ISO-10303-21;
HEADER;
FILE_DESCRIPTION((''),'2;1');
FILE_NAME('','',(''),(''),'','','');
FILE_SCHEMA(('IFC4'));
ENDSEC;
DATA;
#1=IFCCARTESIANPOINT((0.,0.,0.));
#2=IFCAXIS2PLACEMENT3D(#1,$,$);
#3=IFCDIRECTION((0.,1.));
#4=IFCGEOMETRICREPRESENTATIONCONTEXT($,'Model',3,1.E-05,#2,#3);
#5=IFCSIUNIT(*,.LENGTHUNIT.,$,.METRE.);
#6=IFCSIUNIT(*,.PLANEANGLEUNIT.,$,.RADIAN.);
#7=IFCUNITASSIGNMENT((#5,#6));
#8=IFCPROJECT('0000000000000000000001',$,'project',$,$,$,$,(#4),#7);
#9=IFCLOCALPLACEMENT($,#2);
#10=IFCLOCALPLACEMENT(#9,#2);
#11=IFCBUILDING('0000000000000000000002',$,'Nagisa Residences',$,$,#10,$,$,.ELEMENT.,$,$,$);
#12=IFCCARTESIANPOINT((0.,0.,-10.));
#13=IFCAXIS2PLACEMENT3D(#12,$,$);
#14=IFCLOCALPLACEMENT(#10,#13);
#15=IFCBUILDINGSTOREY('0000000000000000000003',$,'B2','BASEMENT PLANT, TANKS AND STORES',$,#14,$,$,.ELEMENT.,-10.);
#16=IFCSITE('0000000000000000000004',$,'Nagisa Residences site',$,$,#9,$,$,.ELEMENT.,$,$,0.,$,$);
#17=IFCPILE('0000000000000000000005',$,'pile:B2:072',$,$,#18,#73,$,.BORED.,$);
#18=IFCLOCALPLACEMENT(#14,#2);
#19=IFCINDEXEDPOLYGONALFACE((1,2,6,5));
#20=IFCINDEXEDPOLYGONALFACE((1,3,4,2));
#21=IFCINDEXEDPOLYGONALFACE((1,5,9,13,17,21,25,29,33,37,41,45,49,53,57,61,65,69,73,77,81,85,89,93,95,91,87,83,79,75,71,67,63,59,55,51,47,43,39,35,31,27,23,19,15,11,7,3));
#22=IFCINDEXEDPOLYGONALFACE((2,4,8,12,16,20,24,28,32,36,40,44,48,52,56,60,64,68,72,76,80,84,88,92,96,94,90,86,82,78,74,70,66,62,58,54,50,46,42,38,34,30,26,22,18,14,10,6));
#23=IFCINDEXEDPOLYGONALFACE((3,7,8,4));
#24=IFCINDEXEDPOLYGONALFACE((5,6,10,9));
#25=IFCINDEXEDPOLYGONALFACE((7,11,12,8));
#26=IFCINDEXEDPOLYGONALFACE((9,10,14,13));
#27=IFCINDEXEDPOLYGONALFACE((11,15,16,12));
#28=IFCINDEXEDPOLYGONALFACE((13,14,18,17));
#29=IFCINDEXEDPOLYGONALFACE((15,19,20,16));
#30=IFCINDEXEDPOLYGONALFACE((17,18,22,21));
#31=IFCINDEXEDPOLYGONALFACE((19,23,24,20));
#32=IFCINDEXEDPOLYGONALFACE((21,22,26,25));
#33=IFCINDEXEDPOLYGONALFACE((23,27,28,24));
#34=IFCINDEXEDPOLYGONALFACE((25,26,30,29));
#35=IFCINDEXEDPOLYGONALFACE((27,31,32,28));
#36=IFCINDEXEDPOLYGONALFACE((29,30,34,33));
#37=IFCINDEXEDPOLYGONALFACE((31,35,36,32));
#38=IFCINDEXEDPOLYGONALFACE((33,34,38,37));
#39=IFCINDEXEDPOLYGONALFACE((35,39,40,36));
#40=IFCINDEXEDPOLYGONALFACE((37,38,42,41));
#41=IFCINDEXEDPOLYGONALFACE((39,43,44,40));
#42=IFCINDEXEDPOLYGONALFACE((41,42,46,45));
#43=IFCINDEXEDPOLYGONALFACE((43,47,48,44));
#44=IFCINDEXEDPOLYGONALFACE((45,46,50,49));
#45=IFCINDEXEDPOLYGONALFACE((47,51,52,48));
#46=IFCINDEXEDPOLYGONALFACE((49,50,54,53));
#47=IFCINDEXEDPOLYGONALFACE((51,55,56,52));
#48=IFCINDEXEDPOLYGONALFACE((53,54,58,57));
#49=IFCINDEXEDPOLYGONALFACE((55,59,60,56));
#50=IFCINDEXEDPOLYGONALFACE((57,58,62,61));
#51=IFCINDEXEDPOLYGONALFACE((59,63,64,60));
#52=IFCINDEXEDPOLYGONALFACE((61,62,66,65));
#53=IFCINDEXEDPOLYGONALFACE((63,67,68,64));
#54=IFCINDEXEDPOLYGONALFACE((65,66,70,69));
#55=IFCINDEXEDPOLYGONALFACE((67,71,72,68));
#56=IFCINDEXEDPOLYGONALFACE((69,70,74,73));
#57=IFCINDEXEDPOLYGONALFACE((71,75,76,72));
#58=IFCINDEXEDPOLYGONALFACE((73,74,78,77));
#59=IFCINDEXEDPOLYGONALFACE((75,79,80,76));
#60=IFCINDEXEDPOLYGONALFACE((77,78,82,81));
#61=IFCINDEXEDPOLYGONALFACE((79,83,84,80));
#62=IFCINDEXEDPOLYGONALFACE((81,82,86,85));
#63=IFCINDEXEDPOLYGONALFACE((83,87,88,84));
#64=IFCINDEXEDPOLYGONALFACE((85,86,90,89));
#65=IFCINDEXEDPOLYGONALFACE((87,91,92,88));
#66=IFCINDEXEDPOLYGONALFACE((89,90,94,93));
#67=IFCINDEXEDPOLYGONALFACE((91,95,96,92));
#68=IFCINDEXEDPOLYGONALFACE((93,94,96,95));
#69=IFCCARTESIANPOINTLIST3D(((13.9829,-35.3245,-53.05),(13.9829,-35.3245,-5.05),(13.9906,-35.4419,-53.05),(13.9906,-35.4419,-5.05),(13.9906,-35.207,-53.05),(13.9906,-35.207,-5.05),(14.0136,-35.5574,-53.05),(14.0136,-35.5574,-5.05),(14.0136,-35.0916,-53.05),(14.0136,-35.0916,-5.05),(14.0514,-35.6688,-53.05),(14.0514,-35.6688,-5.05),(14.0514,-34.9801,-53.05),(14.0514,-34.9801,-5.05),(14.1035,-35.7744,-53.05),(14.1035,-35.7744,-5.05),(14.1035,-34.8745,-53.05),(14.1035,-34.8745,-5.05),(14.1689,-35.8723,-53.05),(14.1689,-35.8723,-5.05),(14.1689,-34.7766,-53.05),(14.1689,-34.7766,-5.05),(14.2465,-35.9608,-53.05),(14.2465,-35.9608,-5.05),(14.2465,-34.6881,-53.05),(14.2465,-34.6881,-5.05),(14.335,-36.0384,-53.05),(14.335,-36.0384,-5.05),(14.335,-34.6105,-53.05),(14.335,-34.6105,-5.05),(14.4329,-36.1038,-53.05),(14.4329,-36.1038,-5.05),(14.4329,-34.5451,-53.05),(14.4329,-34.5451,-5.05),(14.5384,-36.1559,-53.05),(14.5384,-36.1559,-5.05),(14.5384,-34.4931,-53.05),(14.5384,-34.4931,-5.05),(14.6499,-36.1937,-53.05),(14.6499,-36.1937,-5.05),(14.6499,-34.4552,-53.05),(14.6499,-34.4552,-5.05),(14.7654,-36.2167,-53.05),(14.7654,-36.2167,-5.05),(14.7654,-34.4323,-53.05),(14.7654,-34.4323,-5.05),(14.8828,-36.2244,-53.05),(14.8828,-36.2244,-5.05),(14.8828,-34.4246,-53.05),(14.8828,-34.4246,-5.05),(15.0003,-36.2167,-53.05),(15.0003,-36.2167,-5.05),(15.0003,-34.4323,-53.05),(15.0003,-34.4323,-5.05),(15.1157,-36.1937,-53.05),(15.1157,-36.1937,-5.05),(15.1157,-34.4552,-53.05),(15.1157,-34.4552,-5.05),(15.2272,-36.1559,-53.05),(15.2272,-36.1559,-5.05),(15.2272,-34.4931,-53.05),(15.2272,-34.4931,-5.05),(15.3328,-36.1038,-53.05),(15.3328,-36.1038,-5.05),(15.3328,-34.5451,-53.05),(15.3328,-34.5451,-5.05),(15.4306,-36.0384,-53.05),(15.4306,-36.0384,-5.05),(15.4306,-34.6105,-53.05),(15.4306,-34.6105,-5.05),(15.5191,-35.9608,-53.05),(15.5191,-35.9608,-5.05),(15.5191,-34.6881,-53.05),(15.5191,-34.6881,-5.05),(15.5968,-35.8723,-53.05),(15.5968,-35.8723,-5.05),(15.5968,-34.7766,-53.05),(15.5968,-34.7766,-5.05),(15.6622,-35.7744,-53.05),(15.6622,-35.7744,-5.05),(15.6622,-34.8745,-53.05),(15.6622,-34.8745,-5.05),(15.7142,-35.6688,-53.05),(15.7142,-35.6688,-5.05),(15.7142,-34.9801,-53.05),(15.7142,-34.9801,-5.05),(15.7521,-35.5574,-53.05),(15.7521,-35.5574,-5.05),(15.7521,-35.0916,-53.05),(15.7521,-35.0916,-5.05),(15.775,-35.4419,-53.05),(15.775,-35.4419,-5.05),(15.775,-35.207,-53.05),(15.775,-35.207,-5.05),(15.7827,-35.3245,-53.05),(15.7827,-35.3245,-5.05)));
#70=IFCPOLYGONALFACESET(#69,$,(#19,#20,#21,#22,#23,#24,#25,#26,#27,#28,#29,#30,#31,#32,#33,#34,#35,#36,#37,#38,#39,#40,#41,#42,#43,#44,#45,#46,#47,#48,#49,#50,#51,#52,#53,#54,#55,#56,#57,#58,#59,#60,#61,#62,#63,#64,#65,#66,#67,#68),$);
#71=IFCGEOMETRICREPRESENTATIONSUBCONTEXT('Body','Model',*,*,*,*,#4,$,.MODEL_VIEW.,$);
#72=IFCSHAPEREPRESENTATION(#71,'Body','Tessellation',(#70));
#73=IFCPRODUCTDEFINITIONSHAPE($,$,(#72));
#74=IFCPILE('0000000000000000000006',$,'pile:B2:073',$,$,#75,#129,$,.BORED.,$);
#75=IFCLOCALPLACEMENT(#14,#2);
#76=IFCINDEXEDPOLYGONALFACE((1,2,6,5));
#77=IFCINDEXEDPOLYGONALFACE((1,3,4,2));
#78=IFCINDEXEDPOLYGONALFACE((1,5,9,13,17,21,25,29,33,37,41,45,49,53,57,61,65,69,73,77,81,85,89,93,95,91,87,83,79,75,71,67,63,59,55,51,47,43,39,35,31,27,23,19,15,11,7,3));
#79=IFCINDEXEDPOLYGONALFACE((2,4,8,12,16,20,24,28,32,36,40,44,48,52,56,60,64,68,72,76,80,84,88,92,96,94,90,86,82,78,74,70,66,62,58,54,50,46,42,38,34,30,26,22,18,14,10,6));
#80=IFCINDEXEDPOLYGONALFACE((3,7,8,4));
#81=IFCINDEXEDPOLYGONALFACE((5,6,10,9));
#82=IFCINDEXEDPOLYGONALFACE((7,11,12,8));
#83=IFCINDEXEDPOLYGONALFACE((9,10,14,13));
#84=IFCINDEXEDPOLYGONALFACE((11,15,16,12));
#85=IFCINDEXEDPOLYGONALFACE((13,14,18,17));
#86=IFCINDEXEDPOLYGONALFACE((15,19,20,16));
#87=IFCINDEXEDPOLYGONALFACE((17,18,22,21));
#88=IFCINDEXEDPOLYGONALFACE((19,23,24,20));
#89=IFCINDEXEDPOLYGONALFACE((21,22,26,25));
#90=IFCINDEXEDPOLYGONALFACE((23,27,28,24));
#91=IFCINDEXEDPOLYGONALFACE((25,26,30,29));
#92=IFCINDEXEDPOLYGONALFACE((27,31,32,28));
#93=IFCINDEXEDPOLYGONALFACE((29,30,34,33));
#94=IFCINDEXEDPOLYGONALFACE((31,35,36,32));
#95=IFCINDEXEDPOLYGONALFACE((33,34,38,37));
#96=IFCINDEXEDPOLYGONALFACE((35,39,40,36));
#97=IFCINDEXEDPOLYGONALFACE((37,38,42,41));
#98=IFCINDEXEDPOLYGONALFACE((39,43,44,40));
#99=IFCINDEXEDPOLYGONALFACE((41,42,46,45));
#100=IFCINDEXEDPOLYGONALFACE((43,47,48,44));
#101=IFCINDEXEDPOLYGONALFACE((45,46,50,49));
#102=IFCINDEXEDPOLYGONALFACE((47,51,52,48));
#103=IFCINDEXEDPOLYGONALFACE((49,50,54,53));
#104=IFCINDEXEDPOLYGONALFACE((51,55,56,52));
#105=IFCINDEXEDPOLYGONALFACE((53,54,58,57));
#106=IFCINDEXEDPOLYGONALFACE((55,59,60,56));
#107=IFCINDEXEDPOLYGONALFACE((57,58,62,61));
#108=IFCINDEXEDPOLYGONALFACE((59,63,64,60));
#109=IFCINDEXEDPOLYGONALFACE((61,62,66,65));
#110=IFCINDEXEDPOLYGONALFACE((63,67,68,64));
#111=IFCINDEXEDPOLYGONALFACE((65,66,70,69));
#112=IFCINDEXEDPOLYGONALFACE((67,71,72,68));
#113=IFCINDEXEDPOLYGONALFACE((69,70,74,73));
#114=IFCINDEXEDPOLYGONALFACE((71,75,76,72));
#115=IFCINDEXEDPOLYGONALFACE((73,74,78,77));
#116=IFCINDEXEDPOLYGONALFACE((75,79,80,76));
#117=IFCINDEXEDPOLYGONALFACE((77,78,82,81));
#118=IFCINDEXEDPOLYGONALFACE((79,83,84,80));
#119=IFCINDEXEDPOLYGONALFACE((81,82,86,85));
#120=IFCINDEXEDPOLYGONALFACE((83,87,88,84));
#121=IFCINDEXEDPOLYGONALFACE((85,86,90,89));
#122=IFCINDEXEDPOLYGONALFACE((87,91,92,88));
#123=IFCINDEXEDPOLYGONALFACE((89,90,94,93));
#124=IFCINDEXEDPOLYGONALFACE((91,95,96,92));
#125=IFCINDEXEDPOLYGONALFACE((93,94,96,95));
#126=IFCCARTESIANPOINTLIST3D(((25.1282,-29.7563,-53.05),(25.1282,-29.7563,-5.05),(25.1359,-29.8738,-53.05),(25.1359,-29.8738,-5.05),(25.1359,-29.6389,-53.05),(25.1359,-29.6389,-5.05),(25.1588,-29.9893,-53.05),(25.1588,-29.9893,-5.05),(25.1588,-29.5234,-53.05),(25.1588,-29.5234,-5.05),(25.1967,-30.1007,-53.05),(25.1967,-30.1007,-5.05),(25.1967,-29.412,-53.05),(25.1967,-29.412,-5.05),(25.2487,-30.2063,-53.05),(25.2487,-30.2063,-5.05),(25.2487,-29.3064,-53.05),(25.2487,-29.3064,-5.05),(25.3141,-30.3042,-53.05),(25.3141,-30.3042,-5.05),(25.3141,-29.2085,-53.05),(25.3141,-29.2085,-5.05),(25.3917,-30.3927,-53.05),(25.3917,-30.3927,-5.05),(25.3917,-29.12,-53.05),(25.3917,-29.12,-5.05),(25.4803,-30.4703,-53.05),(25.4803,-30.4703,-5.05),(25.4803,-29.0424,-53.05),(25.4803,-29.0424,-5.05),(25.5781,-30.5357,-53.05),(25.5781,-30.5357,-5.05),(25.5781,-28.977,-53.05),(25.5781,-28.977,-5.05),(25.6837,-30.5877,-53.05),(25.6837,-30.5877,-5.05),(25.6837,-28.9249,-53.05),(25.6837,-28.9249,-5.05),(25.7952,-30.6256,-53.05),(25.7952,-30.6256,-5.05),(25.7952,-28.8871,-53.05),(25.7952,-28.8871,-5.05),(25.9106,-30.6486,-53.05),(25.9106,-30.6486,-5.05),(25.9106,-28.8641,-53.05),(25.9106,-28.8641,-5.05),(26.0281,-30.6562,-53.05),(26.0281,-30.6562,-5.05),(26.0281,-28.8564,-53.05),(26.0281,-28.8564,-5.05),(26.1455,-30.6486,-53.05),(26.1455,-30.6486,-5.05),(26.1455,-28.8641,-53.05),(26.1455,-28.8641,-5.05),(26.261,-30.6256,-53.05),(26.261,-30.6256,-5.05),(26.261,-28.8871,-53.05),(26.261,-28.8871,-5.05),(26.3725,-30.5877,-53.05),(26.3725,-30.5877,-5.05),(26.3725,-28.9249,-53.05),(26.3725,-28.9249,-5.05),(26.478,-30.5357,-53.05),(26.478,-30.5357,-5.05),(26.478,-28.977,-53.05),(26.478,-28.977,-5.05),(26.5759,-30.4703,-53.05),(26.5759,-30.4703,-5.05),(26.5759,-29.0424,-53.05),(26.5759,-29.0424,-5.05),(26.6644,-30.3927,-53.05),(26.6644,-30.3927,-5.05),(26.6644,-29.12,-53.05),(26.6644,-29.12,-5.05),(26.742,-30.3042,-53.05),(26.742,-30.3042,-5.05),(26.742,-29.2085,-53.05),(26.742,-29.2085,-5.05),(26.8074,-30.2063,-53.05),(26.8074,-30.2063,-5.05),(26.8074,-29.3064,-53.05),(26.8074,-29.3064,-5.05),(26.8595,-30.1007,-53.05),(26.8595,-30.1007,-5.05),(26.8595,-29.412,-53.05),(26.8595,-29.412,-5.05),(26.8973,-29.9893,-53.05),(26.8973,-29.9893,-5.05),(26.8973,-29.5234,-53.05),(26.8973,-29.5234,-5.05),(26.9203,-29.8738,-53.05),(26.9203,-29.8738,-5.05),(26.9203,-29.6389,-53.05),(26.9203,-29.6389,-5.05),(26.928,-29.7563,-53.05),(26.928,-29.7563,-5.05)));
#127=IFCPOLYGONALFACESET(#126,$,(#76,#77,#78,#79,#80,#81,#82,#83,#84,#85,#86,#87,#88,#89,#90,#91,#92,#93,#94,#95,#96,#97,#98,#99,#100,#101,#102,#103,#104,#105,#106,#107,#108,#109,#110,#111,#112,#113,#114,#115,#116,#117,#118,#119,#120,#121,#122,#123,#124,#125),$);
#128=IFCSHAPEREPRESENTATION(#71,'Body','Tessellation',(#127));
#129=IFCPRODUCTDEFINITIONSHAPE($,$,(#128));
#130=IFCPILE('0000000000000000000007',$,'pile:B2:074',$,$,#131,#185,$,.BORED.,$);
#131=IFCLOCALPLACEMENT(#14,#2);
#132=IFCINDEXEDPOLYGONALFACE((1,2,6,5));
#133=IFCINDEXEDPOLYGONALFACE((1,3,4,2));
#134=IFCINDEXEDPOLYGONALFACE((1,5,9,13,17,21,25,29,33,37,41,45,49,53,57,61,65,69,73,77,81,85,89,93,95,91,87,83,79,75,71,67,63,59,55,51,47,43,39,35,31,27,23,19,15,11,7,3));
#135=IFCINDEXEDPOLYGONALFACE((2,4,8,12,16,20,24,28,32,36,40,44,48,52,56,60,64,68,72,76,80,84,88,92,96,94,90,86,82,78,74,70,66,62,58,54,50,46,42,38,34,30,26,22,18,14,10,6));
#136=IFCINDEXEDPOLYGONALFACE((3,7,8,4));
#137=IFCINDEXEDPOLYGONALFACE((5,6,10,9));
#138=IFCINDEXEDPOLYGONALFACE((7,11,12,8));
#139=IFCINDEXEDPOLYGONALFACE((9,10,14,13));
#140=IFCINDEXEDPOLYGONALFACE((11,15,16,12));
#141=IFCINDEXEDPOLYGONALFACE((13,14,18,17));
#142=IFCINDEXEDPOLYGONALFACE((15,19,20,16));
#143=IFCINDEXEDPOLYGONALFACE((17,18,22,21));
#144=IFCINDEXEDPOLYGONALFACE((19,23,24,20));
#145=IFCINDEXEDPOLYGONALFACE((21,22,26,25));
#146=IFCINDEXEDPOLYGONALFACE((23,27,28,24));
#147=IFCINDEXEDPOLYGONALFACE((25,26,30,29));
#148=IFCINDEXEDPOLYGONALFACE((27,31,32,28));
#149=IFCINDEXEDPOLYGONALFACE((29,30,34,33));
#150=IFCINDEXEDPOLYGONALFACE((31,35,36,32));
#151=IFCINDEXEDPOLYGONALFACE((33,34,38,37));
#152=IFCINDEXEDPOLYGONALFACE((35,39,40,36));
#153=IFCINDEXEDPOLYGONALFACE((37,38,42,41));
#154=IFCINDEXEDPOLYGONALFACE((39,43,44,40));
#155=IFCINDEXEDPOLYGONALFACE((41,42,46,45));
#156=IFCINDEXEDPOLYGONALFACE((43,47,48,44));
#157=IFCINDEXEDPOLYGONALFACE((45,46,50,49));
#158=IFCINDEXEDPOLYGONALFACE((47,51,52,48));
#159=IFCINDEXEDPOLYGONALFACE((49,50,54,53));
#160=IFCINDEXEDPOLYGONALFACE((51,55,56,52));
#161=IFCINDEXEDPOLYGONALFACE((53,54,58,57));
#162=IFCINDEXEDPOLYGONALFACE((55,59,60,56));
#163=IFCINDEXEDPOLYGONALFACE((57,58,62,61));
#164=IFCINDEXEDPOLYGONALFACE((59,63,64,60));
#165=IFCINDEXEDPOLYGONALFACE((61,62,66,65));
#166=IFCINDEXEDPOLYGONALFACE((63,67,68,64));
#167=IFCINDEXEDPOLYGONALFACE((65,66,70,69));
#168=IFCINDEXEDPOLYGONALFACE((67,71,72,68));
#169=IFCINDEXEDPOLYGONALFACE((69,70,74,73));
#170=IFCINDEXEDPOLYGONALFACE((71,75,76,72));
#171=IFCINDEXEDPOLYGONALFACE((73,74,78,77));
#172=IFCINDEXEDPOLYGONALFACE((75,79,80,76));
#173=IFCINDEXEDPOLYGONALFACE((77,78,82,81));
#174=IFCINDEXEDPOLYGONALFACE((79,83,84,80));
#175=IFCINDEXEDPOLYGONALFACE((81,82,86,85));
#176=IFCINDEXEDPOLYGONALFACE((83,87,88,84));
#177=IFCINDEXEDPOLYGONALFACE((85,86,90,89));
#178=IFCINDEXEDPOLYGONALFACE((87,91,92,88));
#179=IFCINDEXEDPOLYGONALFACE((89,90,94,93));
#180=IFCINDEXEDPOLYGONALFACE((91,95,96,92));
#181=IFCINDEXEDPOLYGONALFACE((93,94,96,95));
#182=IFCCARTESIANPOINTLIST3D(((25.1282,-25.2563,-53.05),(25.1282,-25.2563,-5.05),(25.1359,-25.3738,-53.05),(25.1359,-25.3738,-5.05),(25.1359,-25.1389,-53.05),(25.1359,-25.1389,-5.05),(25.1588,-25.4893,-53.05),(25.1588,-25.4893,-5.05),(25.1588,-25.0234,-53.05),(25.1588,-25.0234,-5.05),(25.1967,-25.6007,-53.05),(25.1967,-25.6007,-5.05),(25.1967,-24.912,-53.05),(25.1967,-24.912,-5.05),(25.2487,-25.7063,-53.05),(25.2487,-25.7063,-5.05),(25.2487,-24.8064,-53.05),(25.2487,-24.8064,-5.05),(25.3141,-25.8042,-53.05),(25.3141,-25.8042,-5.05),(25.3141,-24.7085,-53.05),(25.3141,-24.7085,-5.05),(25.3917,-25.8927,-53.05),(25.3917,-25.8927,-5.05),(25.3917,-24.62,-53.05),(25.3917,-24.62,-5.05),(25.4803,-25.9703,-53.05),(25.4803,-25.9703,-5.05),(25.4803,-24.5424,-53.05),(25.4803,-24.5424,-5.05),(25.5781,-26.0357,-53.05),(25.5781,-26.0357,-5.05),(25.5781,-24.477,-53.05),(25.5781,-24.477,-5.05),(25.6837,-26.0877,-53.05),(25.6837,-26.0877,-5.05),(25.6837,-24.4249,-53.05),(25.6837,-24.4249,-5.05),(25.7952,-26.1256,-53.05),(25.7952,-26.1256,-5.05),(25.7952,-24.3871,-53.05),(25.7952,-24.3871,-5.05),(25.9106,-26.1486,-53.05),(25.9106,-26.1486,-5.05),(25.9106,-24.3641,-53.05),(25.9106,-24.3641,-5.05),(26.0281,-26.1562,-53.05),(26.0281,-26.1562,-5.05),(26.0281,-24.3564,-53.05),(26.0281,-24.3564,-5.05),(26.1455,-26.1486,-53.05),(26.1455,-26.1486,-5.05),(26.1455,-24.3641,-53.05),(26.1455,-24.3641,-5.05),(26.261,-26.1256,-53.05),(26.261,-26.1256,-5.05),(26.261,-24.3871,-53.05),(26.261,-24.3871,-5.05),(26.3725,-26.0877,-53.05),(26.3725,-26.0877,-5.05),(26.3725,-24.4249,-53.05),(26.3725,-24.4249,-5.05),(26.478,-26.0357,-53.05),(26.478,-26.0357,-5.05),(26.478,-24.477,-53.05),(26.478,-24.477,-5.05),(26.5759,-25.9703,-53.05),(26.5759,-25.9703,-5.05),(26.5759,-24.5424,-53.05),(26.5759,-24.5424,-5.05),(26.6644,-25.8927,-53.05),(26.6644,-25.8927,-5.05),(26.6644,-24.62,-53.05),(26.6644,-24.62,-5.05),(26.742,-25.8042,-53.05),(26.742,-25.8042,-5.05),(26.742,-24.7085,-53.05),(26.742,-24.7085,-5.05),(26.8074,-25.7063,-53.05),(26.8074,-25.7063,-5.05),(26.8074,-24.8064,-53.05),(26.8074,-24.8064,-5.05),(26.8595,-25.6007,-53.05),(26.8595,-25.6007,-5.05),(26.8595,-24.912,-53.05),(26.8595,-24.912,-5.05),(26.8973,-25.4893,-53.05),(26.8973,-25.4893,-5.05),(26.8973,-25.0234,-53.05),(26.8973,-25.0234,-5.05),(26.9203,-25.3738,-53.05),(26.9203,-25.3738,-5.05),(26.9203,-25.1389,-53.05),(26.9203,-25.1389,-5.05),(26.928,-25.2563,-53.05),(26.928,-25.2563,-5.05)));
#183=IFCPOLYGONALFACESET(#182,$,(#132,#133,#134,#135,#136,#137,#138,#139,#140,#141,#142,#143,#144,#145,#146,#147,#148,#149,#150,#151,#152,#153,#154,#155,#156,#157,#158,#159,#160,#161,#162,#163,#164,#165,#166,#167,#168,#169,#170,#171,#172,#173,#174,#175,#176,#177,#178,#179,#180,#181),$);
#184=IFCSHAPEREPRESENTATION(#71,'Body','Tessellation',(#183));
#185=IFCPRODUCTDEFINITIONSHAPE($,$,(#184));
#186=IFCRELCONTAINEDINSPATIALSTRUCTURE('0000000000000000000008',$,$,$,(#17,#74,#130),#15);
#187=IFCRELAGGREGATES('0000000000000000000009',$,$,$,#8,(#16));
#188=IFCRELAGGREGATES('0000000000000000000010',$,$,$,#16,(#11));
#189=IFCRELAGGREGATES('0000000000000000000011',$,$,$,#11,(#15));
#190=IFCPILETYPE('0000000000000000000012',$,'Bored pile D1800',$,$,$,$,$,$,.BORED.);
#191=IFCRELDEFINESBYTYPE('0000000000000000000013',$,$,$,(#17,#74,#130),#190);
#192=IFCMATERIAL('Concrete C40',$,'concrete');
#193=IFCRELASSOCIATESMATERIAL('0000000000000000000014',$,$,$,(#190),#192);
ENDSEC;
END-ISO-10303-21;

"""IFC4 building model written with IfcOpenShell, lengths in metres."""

from ifc_helpers import new_model, si_unit, direction, frame, origin, origin_2d, place, context, subcontext, project, spatial, circle, extrude, material, material_profile, profile_set, type_object, element, save


model = new_model("IFC4")

# Units and contexts
model_context = context("Model", 3, precision=1e-05, world=origin(), true_north=direction((0.0, 1.0)))
body_context = subcontext(model_context, "Body", "Model", "MODEL_VIEW")
ifc_project = project(units=[si_unit("LENGTHUNIT", "METRE"), si_unit("PLANEANGLEUNIT", "RADIAN")], contexts=[model_context])

# Site, building, storey
site_placement = place(None, origin())
site = spatial("IfcSite", under=ifc_project, at=site_placement, Name="Nagisa Residences site", CompositionType="ELEMENT", RefElevation=0.0)
building_placement = place(site_placement, origin())
building = spatial("IfcBuilding", under=site, at=building_placement, Name="Nagisa Residences", CompositionType="ELEMENT")
storey_placement = place(building_placement, frame((0.0, 0.0, -10.0)))
storey = spatial("IfcBuildingStorey", under=building, at=storey_placement, Name="B2", Description="BASEMENT PLANT, TANKS AND STORES", CompositionType="ELEMENT", Elevation=-10.0)

# Piles
ifc_material_1 = material(Name="Concrete C40", Category="concrete")
ifc_material_profile_1 = material_profile(ifc_material_1, circle(Radius=0.8999, at=origin_2d()), Name="Bored pile D1800")
ifc_profile_set_1 = profile_set([ifc_material_profile_1], Name="Concrete C40")
pile_type = type_object("IfcPileType", Name="Bored pile D1800", PredefinedType="BORED", material=ifc_profile_set_1)
for number, where, z_axis, x_axis, name in (
    (1, (14.8828, -35.3245, -5.05), (0.0, 0.0, -1.0), (1.0, 0.0, 0.0), "pile:B2:072"),
    (2, (26.0281, -29.7563, -5.05), (0.0, 0.0, -1.0), (1.0, 0.0, 0.0), "pile:B2:073"),
    (3, (26.0281, -25.2563, -5.05), (0.0, 0.0, -1.0), (1.0, 0.0, 0.0), "pile:B2:074"),
):
    element("IfcPile", number, at=place(storey_placement, frame(where, z_axis=z_axis, x_axis=x_axis)), inside=storey, type_object=pile_type, Name=name, PredefinedType="BORED", context=body_context, shape_type="SweptSolid", body=[
        extrude(circle(Radius=0.8999, at=origin_2d()), origin(), (0.0, 0.0, 1.0), 48.0),
    ])

save(model, "model.ifc")
